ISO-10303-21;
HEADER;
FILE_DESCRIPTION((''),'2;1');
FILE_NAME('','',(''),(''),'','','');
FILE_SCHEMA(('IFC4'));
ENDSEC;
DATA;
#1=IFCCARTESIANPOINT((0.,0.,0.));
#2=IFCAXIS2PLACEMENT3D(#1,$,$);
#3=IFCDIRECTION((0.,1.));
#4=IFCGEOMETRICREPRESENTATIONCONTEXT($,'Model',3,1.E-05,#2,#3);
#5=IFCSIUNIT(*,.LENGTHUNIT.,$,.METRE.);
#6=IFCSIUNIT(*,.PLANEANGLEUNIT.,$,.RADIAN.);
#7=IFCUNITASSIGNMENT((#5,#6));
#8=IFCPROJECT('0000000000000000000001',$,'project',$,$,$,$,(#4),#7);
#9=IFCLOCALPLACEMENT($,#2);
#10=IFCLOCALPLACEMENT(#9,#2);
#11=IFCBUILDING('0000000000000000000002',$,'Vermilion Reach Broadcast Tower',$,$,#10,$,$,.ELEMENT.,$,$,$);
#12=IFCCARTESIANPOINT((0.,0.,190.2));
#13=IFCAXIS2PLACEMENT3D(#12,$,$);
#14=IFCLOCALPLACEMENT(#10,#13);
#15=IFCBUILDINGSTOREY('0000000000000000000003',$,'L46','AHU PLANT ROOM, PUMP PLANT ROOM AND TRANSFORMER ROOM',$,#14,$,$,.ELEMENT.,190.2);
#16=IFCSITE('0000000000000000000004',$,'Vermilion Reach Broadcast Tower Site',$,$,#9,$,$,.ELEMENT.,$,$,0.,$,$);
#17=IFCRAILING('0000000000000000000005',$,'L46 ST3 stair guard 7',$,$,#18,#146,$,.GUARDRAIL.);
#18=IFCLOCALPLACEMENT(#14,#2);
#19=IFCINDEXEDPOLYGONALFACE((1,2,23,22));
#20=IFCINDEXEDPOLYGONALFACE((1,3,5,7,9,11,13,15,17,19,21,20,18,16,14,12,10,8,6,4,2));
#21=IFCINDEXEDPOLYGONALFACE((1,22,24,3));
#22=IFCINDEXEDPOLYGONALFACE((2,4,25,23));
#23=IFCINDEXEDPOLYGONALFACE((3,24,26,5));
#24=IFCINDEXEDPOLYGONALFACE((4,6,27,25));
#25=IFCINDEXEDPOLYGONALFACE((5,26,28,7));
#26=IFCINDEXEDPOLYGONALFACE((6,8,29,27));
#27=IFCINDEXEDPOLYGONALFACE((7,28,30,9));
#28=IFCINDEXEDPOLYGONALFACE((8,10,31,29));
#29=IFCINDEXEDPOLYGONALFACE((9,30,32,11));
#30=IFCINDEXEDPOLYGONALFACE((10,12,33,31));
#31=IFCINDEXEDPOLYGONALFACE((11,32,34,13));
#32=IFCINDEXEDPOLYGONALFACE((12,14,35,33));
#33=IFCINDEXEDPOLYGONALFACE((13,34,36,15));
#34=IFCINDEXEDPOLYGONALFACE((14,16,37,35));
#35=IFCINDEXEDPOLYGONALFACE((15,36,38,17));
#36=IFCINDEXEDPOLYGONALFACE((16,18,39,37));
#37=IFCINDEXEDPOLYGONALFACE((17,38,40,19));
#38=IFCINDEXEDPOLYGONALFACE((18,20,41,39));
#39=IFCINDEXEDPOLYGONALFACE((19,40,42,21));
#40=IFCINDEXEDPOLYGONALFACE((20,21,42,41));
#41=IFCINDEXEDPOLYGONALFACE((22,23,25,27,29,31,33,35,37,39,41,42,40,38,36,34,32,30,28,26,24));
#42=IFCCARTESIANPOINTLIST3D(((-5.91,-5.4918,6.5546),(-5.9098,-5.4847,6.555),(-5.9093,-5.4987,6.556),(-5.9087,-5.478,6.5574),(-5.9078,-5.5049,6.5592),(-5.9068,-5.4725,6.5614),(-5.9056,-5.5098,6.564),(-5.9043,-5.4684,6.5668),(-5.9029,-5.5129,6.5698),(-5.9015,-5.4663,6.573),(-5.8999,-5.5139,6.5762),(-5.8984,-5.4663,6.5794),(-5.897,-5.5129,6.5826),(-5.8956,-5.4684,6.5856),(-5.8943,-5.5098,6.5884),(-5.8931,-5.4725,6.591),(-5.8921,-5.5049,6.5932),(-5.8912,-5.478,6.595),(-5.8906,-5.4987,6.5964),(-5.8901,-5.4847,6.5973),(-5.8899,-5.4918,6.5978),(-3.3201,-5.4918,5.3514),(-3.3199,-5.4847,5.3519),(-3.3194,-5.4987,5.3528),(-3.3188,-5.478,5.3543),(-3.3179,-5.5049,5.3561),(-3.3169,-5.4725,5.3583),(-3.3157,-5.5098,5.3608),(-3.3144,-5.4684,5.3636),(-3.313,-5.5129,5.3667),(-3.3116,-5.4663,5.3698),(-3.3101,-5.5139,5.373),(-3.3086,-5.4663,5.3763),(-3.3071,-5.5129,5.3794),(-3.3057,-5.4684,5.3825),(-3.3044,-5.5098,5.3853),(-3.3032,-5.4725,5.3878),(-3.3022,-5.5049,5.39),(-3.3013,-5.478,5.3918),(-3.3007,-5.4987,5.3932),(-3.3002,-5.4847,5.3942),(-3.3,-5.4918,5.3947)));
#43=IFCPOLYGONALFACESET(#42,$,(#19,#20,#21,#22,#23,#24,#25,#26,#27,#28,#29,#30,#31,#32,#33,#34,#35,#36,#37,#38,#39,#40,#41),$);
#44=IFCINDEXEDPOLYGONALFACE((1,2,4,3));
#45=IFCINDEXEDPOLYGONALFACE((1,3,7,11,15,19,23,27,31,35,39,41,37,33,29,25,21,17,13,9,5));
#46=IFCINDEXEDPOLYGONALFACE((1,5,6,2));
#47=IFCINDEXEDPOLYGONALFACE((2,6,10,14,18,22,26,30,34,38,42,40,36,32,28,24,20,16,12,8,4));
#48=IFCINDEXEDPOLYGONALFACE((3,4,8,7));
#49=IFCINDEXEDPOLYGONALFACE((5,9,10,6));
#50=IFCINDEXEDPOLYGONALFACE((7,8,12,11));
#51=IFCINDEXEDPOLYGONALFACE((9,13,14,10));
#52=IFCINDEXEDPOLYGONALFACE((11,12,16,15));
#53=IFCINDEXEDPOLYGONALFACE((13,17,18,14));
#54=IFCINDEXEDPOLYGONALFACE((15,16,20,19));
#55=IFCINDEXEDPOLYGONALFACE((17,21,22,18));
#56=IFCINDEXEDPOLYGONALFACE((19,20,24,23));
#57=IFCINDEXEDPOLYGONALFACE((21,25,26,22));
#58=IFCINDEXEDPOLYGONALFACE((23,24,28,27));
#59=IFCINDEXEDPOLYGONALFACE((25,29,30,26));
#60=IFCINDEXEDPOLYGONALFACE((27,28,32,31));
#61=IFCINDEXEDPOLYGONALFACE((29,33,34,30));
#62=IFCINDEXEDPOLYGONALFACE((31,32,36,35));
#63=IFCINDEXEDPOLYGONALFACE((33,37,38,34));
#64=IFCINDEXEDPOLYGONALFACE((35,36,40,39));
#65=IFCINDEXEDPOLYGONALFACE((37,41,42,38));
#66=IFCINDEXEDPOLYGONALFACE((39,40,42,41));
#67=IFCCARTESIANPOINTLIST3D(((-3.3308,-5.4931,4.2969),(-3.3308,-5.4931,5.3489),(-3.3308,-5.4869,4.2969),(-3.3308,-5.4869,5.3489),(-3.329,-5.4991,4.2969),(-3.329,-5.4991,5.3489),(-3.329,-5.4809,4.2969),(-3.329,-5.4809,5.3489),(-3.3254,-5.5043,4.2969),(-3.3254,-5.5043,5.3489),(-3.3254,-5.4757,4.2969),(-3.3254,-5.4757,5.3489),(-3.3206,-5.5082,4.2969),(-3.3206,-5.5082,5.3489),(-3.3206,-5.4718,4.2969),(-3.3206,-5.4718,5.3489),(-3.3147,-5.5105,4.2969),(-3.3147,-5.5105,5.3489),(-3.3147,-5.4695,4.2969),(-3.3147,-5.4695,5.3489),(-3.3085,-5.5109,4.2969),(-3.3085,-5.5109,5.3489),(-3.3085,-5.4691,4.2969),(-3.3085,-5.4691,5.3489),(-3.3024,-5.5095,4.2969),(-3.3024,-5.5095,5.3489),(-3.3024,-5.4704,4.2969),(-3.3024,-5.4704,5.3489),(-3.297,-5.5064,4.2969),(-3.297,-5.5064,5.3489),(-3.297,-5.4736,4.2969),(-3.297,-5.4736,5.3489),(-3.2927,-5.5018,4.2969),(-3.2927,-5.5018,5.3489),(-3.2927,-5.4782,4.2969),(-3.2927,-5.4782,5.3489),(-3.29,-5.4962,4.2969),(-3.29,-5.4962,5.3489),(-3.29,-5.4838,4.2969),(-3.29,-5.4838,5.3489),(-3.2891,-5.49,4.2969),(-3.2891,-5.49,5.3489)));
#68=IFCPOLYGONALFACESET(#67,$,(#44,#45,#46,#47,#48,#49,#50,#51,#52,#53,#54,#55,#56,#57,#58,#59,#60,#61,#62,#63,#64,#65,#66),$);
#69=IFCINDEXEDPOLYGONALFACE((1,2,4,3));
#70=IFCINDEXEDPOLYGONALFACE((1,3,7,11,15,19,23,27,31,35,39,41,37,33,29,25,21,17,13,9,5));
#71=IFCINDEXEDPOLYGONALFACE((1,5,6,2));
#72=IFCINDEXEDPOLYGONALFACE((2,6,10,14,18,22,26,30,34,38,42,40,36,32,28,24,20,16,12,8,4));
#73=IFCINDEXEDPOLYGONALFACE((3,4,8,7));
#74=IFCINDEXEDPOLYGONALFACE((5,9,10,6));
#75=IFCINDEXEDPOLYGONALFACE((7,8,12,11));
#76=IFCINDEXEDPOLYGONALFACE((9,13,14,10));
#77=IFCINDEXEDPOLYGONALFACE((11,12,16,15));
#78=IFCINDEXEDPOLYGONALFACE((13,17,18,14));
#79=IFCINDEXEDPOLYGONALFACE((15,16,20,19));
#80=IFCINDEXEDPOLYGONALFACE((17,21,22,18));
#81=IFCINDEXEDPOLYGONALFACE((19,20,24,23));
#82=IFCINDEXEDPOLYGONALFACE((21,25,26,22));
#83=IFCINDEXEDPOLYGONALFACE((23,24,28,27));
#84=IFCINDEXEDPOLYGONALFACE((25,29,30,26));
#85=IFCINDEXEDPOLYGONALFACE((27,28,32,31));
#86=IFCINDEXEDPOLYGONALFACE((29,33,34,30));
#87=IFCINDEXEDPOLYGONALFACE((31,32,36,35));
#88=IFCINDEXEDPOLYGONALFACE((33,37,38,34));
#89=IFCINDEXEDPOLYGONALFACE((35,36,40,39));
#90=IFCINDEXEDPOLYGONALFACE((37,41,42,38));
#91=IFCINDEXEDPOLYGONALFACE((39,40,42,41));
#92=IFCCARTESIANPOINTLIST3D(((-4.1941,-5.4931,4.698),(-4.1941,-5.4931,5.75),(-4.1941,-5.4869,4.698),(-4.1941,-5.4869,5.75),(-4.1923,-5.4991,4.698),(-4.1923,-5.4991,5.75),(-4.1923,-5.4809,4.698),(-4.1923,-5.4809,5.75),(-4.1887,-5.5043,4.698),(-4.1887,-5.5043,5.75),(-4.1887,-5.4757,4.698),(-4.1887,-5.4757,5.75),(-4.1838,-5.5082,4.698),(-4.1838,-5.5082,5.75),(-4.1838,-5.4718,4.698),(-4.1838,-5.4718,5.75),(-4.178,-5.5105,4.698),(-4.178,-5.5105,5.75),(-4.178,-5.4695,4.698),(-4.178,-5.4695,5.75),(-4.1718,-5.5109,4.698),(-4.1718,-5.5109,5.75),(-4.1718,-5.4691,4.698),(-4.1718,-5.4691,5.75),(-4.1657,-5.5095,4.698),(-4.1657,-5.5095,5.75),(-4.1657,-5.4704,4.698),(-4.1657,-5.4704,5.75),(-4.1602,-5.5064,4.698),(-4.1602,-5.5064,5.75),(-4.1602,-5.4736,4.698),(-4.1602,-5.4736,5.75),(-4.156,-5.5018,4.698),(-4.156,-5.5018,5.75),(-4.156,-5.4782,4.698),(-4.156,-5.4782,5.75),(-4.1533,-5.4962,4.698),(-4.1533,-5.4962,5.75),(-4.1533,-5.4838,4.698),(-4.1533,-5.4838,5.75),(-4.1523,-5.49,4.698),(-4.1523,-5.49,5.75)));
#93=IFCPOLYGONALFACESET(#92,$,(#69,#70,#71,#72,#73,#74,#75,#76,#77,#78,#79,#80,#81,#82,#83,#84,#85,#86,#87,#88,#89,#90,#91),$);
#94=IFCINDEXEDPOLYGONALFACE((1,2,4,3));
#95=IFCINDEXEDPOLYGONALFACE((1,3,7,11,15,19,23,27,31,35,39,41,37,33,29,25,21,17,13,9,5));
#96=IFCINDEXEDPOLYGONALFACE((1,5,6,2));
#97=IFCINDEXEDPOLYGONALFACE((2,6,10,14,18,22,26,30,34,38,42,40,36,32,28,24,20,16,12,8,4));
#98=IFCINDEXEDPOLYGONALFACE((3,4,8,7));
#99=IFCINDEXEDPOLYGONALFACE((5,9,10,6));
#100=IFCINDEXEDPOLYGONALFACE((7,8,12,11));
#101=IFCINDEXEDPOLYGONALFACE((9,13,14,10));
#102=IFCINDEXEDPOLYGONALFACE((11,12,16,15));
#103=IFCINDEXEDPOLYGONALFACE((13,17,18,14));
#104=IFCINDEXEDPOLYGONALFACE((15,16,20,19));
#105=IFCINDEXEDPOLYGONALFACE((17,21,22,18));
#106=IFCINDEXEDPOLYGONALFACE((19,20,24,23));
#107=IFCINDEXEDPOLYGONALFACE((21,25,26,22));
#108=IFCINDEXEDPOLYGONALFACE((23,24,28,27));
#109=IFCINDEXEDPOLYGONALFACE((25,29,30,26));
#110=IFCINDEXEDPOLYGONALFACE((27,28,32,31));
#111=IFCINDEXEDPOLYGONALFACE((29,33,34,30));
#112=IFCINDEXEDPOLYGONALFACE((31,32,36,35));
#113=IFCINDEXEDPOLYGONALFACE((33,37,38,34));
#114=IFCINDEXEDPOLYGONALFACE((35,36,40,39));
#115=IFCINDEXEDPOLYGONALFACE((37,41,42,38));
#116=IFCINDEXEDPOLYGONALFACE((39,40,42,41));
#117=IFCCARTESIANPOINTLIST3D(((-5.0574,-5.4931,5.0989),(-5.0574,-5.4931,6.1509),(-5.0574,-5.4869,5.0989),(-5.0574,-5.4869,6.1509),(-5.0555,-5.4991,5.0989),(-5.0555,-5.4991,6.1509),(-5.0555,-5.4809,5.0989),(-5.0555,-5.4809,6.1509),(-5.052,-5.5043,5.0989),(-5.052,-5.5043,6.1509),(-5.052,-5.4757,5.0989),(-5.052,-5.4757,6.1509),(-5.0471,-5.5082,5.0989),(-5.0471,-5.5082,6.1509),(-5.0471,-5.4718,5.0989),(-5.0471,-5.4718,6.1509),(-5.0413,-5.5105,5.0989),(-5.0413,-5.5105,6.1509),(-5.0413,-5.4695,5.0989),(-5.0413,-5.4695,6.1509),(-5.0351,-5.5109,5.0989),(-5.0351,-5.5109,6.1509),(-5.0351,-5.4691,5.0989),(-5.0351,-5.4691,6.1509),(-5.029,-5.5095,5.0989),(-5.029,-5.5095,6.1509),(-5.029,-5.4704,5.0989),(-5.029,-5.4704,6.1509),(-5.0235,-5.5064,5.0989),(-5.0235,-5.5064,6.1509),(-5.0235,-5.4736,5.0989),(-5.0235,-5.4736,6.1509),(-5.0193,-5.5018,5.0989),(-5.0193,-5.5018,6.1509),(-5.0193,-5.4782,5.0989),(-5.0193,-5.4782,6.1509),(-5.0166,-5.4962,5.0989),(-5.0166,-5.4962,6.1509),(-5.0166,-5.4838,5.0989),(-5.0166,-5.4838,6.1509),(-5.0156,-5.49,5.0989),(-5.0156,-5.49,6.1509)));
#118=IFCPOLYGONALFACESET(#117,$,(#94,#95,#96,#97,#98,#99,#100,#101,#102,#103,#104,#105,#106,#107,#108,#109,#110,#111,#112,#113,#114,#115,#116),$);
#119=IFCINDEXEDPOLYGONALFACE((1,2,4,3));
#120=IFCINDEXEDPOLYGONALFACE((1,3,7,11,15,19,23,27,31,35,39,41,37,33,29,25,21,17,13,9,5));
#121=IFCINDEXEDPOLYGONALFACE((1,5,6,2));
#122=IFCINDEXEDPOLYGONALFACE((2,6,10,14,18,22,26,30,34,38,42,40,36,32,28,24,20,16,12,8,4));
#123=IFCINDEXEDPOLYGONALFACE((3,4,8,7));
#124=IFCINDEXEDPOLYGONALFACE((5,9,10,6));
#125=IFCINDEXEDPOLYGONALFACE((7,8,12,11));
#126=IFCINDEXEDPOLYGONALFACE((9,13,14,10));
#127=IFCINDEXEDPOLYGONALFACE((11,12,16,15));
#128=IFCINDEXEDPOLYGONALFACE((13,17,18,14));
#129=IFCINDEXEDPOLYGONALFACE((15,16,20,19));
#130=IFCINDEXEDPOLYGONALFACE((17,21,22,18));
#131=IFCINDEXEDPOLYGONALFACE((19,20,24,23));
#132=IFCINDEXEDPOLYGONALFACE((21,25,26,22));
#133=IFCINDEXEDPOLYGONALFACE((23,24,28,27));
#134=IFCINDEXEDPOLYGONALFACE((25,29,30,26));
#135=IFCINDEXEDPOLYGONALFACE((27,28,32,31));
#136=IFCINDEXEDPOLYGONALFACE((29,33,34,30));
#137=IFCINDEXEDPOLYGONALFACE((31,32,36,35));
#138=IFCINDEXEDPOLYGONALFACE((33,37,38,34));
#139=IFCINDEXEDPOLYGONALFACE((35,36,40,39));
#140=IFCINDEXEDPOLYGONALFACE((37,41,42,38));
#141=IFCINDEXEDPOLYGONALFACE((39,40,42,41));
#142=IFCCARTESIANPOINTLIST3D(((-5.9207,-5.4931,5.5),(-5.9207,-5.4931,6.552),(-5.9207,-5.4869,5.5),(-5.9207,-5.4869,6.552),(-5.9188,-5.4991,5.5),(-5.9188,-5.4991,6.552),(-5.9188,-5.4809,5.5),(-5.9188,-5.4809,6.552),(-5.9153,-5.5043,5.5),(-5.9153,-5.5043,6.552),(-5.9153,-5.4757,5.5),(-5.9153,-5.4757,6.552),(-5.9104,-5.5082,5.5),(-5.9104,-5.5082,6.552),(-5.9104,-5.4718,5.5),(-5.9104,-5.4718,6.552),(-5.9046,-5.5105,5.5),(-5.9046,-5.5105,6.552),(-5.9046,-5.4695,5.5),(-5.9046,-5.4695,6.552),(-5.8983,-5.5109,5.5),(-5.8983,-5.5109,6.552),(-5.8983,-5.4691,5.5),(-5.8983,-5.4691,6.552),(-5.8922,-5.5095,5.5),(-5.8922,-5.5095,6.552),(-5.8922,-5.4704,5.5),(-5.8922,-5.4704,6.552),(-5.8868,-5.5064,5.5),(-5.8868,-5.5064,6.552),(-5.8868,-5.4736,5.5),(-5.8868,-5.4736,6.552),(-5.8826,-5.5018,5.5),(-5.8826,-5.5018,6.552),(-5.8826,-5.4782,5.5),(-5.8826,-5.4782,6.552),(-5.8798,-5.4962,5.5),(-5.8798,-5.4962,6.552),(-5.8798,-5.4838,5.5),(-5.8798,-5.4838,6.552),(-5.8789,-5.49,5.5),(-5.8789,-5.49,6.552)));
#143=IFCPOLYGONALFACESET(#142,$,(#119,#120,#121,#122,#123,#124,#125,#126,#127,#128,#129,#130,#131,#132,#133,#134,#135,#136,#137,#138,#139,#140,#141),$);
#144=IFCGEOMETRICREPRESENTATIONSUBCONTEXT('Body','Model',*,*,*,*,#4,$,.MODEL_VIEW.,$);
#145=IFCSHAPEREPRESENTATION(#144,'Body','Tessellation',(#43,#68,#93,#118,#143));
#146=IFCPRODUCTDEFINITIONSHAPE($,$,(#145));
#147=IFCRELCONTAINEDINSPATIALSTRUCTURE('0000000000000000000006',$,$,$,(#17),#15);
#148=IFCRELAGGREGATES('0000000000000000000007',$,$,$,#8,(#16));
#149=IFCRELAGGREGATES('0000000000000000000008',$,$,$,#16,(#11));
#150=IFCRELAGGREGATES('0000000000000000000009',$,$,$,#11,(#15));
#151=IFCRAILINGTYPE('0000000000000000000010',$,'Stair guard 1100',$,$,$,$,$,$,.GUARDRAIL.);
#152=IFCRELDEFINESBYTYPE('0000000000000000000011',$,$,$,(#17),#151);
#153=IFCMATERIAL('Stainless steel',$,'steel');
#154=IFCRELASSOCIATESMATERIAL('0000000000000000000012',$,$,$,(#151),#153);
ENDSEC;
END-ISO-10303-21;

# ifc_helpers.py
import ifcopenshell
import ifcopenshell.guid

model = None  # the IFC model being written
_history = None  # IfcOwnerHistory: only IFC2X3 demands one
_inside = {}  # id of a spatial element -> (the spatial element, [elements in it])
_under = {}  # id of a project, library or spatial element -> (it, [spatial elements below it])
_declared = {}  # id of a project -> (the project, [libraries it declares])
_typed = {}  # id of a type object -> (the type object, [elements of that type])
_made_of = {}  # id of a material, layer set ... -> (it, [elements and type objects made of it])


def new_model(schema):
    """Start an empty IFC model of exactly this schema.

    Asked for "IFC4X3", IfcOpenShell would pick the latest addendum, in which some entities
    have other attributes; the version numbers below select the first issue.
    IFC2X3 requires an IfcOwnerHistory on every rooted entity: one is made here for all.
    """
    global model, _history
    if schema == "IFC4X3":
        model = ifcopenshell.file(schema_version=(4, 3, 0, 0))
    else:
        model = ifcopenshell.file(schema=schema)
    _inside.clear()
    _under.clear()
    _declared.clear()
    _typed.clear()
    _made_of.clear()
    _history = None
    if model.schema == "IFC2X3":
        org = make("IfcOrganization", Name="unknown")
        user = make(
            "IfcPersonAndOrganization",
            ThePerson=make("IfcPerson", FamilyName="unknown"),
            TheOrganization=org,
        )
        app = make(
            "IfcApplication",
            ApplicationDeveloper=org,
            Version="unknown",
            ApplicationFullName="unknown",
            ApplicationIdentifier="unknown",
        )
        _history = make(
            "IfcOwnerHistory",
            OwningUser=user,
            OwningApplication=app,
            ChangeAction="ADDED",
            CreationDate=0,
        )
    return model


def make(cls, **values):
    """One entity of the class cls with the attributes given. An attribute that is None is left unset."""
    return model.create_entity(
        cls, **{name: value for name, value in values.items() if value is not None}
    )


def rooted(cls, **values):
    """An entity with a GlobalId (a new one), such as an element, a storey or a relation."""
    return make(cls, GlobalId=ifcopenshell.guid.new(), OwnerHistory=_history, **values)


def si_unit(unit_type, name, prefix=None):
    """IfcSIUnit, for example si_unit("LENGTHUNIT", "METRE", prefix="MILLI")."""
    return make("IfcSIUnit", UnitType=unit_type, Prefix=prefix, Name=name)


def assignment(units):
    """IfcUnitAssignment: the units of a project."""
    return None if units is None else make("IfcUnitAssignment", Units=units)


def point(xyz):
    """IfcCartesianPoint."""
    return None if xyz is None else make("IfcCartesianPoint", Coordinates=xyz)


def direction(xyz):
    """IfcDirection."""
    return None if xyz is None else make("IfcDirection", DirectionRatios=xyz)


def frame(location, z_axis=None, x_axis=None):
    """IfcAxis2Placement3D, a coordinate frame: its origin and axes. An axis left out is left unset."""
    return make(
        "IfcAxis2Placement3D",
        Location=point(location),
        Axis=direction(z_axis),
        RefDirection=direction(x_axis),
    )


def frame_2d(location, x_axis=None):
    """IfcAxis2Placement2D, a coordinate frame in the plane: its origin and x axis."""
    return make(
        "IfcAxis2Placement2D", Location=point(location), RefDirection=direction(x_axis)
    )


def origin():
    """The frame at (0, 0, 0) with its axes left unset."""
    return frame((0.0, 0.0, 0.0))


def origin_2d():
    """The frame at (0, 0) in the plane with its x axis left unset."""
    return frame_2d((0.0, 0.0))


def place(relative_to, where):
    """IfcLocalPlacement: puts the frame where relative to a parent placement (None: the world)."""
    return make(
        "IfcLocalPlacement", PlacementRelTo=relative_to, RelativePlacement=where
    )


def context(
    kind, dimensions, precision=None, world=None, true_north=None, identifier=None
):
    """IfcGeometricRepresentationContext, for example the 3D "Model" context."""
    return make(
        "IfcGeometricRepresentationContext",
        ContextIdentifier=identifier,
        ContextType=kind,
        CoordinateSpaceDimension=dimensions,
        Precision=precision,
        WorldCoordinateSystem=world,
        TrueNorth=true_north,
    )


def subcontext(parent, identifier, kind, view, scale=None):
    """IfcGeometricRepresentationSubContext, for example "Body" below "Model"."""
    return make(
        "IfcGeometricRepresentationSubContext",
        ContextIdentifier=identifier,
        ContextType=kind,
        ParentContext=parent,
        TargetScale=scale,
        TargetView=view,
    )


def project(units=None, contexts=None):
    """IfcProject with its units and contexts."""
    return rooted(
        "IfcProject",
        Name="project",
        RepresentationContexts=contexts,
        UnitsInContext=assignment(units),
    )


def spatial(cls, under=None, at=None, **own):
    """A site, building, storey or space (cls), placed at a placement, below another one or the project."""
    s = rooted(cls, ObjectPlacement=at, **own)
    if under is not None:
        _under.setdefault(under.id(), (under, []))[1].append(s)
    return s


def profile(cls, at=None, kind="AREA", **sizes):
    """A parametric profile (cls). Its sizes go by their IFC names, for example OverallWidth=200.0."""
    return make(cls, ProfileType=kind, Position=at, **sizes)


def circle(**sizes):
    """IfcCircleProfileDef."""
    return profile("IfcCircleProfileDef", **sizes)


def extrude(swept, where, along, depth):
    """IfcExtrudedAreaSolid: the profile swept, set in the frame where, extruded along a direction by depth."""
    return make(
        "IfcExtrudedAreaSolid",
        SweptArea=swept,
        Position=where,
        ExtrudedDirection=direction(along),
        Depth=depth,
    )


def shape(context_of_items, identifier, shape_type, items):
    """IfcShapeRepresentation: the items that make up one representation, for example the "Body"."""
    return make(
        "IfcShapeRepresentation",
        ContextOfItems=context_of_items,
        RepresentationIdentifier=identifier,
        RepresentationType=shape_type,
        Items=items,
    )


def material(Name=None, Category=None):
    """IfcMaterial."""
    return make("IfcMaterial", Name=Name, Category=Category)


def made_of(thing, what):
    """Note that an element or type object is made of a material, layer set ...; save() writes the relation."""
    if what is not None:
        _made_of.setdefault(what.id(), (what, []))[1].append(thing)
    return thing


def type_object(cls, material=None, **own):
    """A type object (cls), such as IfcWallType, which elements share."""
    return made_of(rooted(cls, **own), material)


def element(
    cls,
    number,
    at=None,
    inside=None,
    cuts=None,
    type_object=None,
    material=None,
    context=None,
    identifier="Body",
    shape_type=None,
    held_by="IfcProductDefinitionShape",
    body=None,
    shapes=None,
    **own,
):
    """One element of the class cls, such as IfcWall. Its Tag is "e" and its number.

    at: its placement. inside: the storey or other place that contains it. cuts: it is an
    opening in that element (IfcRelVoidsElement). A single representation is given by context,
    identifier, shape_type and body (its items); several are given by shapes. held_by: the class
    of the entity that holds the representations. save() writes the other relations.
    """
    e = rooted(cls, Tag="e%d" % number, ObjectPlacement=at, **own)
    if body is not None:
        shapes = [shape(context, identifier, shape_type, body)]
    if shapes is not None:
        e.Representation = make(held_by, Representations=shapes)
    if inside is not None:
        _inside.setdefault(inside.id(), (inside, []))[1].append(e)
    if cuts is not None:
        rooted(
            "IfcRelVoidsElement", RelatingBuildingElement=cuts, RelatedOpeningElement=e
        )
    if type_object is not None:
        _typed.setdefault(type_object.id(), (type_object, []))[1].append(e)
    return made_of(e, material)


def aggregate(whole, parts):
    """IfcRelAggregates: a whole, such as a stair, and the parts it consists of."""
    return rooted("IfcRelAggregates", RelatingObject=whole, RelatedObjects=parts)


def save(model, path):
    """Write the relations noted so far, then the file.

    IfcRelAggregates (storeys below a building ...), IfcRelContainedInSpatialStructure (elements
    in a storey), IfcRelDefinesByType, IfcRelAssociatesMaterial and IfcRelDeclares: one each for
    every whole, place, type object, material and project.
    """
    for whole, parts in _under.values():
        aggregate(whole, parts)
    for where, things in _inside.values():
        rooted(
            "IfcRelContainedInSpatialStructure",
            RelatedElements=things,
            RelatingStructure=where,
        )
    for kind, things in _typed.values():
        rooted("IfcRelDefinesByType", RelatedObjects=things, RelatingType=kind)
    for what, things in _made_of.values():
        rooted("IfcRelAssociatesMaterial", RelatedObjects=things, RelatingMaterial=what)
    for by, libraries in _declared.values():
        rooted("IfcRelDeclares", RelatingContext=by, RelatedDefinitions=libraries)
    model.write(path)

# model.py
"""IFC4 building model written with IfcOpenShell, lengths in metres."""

from ifc_helpers import new_model, si_unit, direction, frame, origin, origin_2d, place, context, subcontext, project, spatial, circle, extrude, material, type_object, element, save


model = new_model("IFC4")

# Units and contexts
model_context = context("Model", 3, precision=1e-05, world=origin(), true_north=direction((0.0, 1.0)))
body_context = subcontext(model_context, "Body", "Model", "MODEL_VIEW")
ifc_project = project(units=[si_unit("LENGTHUNIT", "METRE"), si_unit("PLANEANGLEUNIT", "RADIAN")], contexts=[model_context])

# Site, building, storey
site_placement = place(None, origin())
site = spatial("IfcSite", under=ifc_project, at=site_placement, Name="Vermilion Reach Broadcast Tower Site", CompositionType="ELEMENT", RefElevation=0.0)
building_placement = place(site_placement, origin())
building = spatial("IfcBuilding", under=site, at=building_placement, Name="Vermilion Reach Broadcast Tower", CompositionType="ELEMENT")
storey_placement = place(building_placement, frame((0.0, 0.0, 190.2)))
storey = spatial("IfcBuildingStorey", under=building, at=storey_placement, Name="L46", Description="AHU PLANT ROOM, PUMP PLANT ROOM AND TRANSFORMER ROOM", CompositionType="ELEMENT", Elevation=190.2)

# Railing
ifc_material_1 = material(Name="Stainless steel", Category="steel")
railing_type_1 = type_object("IfcRailingType", Name="Stair guard 1100", PredefinedType="GUARDRAIL", material=ifc_material_1)
railing_1_placement = place(storey_placement, frame((-3.3101, -5.49, 4.2969)))
element("IfcRailing", 1, at=railing_1_placement, inside=storey, type_object=railing_type_1, Name="L46 ST3 stair guard 7", PredefinedType="GUARDRAIL", context=body_context, shape_type="SweptSolid", body=[
    extrude(circle(Radius=0.0239, at=origin_2d()), frame((0.0, 0.0, 1.0762), z_axis=(-0.906916, 0.0, 0.421312), x_axis=(0.0, -1.0, 0.0)), (0.0, 0.0, 1.0), 2.8557),
    extrude(circle(Radius=0.021, at=origin_2d()), origin(), (0.0, 0.0, 1.0), 1.052),
    extrude(circle(Radius=0.021, at=origin_2d()), frame((-0.8633, 0.0, 0.4011)), (0.0, 0.0, 1.0), 1.052),
    extrude(circle(Radius=0.021, at=origin_2d()), frame((-1.7266, 0.0, 0.802)), (0.0, 0.0, 1.0), 1.052),
    extrude(circle(Radius=0.021, at=origin_2d()), frame((-2.5898, 0.0, 1.2031)), (0.0, 0.0, 1.0), 1.052),
])

save(model, "model.ifc")
